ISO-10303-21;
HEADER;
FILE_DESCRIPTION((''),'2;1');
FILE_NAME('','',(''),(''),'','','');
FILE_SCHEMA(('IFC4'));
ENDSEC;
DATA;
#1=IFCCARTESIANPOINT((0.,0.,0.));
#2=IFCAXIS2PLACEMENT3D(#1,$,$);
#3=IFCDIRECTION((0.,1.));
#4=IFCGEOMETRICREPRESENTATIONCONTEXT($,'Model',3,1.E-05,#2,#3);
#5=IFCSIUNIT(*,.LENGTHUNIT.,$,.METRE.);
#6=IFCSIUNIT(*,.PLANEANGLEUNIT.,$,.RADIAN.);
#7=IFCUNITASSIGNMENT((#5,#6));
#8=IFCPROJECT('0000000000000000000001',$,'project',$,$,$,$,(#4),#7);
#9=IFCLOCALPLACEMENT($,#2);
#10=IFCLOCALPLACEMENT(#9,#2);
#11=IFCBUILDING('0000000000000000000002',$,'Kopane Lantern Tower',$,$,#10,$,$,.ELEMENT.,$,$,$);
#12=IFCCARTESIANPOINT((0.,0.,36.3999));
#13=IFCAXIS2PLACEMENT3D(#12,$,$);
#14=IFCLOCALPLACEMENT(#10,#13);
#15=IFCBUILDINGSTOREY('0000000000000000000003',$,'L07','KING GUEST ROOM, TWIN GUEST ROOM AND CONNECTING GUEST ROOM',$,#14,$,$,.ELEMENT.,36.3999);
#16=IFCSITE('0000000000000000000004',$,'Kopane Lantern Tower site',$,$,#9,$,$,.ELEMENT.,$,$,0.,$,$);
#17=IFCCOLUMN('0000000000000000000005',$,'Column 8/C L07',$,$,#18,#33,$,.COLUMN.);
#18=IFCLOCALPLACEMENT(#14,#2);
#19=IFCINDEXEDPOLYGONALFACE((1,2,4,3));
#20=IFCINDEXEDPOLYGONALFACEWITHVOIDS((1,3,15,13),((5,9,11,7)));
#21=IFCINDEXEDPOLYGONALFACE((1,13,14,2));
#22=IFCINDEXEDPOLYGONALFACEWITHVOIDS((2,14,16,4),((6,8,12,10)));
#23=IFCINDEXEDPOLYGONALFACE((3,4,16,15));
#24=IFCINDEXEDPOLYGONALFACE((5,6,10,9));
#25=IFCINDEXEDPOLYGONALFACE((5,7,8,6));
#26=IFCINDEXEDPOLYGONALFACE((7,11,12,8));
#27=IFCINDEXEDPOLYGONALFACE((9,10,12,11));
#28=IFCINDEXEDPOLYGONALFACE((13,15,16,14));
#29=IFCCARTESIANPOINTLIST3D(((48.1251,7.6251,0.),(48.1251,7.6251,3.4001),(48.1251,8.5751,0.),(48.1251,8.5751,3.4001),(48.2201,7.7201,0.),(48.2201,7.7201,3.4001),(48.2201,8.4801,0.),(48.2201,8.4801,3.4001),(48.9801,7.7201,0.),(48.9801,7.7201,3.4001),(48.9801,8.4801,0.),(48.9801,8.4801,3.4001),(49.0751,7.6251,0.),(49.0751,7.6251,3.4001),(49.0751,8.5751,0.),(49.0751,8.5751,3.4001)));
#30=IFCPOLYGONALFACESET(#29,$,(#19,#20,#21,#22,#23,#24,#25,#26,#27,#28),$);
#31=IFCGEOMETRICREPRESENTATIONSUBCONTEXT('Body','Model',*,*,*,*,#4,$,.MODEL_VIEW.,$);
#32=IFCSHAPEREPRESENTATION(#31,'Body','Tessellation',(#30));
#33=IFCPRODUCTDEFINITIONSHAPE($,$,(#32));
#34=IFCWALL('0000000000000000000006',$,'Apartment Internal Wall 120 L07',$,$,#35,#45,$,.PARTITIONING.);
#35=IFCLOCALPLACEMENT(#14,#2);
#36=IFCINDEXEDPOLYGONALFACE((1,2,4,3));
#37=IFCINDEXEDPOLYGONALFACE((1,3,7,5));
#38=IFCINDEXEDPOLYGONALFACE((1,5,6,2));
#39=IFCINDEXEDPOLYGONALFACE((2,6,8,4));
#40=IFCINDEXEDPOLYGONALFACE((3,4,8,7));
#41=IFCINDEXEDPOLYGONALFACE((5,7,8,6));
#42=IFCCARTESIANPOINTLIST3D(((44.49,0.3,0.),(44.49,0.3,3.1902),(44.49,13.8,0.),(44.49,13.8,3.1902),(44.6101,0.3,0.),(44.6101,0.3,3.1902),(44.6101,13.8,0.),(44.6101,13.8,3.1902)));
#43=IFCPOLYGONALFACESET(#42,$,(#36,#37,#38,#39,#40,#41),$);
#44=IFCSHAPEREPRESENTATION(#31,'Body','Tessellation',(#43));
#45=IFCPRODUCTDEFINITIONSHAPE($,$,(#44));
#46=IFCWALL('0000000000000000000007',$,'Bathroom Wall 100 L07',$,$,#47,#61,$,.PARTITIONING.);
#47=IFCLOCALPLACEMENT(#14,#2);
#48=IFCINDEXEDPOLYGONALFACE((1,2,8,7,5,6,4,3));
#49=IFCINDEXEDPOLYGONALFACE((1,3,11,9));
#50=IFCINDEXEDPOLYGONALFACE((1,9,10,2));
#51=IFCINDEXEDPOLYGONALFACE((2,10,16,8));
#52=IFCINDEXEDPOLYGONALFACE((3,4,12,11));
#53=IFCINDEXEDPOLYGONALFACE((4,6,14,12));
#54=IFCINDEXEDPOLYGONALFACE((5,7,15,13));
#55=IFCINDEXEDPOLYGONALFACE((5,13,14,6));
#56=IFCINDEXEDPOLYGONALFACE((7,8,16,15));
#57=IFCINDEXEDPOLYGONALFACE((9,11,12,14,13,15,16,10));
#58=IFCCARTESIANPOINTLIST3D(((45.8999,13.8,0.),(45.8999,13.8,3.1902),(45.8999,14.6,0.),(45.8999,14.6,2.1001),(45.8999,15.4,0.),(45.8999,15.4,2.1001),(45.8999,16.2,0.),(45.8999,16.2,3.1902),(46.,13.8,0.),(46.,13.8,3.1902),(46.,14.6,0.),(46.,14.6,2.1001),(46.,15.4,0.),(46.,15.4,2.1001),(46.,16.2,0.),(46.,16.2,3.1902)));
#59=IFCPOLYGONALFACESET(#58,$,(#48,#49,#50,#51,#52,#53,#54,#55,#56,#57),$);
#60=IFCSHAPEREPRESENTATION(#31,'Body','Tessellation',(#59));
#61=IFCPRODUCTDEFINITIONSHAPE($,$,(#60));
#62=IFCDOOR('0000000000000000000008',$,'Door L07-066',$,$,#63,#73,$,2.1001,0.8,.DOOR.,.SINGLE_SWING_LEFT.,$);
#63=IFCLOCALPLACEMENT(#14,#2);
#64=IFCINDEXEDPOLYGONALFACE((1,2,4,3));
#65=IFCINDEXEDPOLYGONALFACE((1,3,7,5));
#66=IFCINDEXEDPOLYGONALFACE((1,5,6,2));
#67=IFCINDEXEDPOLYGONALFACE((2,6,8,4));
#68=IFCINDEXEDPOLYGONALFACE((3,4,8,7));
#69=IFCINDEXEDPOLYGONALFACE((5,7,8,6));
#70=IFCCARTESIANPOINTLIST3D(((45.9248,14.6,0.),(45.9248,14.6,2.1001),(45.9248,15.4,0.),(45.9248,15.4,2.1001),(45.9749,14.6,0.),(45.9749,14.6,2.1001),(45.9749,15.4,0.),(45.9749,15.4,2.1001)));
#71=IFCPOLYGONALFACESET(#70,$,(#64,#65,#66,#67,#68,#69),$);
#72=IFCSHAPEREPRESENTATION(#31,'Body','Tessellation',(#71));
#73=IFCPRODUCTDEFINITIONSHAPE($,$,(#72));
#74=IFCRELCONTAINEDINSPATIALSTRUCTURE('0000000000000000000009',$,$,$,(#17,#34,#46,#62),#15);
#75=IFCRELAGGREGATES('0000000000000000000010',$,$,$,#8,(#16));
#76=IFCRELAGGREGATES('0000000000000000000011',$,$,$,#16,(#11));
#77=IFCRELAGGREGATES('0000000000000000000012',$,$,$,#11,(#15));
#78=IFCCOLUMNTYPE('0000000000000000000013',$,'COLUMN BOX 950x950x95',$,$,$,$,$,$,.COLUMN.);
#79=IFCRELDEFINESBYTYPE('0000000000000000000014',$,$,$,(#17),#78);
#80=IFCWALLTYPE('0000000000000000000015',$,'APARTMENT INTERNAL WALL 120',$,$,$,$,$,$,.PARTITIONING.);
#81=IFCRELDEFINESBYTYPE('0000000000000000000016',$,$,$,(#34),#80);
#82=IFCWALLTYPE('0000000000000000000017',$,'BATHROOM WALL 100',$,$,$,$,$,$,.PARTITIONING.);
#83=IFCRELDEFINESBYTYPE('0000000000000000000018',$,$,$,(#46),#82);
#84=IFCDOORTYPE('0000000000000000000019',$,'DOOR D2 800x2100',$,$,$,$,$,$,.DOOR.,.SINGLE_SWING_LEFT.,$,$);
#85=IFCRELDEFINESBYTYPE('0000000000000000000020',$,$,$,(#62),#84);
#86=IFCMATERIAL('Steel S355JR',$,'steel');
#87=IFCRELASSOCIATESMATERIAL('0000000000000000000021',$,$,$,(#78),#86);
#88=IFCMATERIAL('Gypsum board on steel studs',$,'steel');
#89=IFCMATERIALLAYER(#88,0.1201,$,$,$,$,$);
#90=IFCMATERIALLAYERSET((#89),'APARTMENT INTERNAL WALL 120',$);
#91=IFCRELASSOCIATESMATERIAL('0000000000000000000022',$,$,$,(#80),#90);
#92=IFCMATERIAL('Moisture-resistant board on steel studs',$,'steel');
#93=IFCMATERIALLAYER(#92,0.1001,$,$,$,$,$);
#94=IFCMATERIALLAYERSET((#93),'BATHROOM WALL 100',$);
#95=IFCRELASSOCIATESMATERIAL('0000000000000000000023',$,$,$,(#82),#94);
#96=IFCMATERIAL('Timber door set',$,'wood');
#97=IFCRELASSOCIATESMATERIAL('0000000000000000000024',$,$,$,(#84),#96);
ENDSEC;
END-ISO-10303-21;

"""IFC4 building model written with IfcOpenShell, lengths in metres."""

from ifc_helpers import new_model, si_unit, direction, frame, frame_2d, origin, origin_2d, place, context, subcontext, project, spatial, rectangle, hollow_rectangle, extrude, material, layer, layer_set, material_profile, profile_set, type_object, element, fill, save


model = new_model("IFC4")

# Units and contexts
model_context = context("Model", 3, precision=1e-05, world=origin(), true_north=direction((0.0, 1.0)))
body_context = subcontext(model_context, "Body", "Model", "MODEL_VIEW")
ifc_project = project(units=[si_unit("LENGTHUNIT", "METRE"), si_unit("PLANEANGLEUNIT", "RADIAN")], contexts=[model_context])

# Site, building, storey
site_placement = place(None, origin())
site = spatial("IfcSite", under=ifc_project, at=site_placement, Name="Kopane Lantern Tower site", CompositionType="ELEMENT", RefElevation=0.0)
building_placement = place(site_placement, origin())
building = spatial("IfcBuilding", under=site, at=building_placement, Name="Kopane Lantern Tower", CompositionType="ELEMENT")
storey_placement = place(building_placement, frame((0.0, 0.0, 36.3999)))
storey = spatial("IfcBuildingStorey", under=building, at=storey_placement, Name="L07", Description="KING GUEST ROOM, TWIN GUEST ROOM AND CONNECTING GUEST ROOM", CompositionType="ELEMENT", Elevation=36.3999)

# Column
ifc_material_1 = material(Name="Steel S355JR", Category="steel")
ifc_material_profile = material_profile(ifc_material_1, hollow_rectangle(XDim=0.95, YDim=0.95, WallThickness=0.095, at=origin_2d()), Name="BOX 950x950x95")
ifc_profile_set = profile_set([ifc_material_profile], Name="Steel S355JR")
column_type = type_object("IfcColumnType", Name="COLUMN BOX 950x950x95", PredefinedType="COLUMN", material=ifc_profile_set)
column_placement = place(storey_placement, frame((48.6001, 8.1001, 0.0), z_axis=(0.0, 0.0, 1.0), x_axis=(1.0, 0.0, 0.0)))
element("IfcColumn", 1, at=column_placement, inside=storey, type_object=column_type, Name="Column 8/C L07", PredefinedType="COLUMN", context=body_context, shape_type="SweptSolid", body=[
    extrude(hollow_rectangle(XDim=0.95, YDim=0.95, WallThickness=0.095, at=origin_2d()), origin(), (0.0, 0.0, 1.0), 3.4001),
])

# Wall
ifc_material_2 = material(Name="Gypsum board on steel studs", Category="steel")
ifc_layer_1 = layer(ifc_material_2, 0.1201)
ifc_layer_set_1 = layer_set([ifc_layer_1], Name="APARTMENT INTERNAL WALL 120")
wall_type_1 = type_object("IfcWallType", Name="APARTMENT INTERNAL WALL 120", PredefinedType="PARTITIONING", material=ifc_layer_set_1)
wall_1_placement = place(storey_placement, frame((44.55, 13.8, 0.0), z_axis=(0.0, 0.0, 1.0), x_axis=(0.0, -1.0, 0.0)))
element("IfcWall", 2, at=wall_1_placement, inside=storey, type_object=wall_type_1, Name="Apartment Internal Wall 120 L07", PredefinedType="PARTITIONING", context=body_context, shape_type="SweptSolid", body=[
    extrude(rectangle(XDim=13.5, YDim=0.1201, at=frame_2d((6.75, 0.0))), origin(), (0.0, 0.0, 1.0), 3.1902),
])

# Wall, opening, door
ifc_material_3 = material(Name="Moisture-resistant board on steel studs", Category="steel")
ifc_layer_2 = layer(ifc_material_3, 0.1001)
ifc_layer_set_2 = layer_set([ifc_layer_2], Name="BATHROOM WALL 100")
wall_type_2 = type_object("IfcWallType", Name="BATHROOM WALL 100", PredefinedType="PARTITIONING", material=ifc_layer_set_2)
wall_2_placement = place(storey_placement, frame((45.95, 16.2, 0.0), z_axis=(0.0, 0.0, 1.0), x_axis=(0.0, -1.0, 0.0)))
wall_2 = element("IfcWall", 3, at=wall_2_placement, inside=storey, type_object=wall_type_2, Name="Bathroom Wall 100 L07", PredefinedType="PARTITIONING", context=body_context, shape_type="SweptSolid", body=[
    extrude(rectangle(XDim=2.3999, YDim=0.1001, at=frame_2d((1.2, 0.0))), origin(), (0.0, 0.0, 1.0), 3.1902),
])
opening_1_placement = place(wall_2_placement, frame((0.8, 0.0, 0.0)))
opening_1 = element("IfcOpeningElement", 4, at=opening_1_placement, cuts=wall_2, PredefinedType="OPENING", context=body_context, shape_type="SweptSolid", body=[
    extrude(rectangle(XDim=0.8, YDim=2.1001, at=frame_2d((0.3999, 1.05))), frame((0.0, 0.0601, 0.0), z_axis=(0.0, -1.0, 0.0), x_axis=(1.0, 0.0, 0.0)), (0.0, 0.0, 1.0), 0.1201),
])
ifc_material_4 = material(Name="Timber door set", Category="wood")
door_type_1 = type_object("IfcDoorType", Name="DOOR D2 800x2100", OperationType="SINGLE_SWING_LEFT", PredefinedType="DOOR", material=ifc_material_4)
door_1_placement = place(opening_1_placement, origin())
door_1 = element("IfcDoor", 5, at=door_1_placement, inside=storey, type_object=door_type_1, Name="Door L07-066", OperationType="SINGLE_SWING_LEFT", OverallHeight=2.1001, OverallWidth=0.8, PredefinedType="DOOR", context=body_context, shape_type="SweptSolid", body=[
    extrude(rectangle(XDim=0.8, YDim=2.1001, at=frame_2d((0.3999, 1.05))), frame((0.0, 0.0249, 0.0), z_axis=(0.0, -1.0, 0.0), x_axis=(1.0, 0.0, 0.0)), (0.0, 0.0, 1.0), 0.05),
])
fill(opening_1, door_1)

save(model, "model.ifc")
